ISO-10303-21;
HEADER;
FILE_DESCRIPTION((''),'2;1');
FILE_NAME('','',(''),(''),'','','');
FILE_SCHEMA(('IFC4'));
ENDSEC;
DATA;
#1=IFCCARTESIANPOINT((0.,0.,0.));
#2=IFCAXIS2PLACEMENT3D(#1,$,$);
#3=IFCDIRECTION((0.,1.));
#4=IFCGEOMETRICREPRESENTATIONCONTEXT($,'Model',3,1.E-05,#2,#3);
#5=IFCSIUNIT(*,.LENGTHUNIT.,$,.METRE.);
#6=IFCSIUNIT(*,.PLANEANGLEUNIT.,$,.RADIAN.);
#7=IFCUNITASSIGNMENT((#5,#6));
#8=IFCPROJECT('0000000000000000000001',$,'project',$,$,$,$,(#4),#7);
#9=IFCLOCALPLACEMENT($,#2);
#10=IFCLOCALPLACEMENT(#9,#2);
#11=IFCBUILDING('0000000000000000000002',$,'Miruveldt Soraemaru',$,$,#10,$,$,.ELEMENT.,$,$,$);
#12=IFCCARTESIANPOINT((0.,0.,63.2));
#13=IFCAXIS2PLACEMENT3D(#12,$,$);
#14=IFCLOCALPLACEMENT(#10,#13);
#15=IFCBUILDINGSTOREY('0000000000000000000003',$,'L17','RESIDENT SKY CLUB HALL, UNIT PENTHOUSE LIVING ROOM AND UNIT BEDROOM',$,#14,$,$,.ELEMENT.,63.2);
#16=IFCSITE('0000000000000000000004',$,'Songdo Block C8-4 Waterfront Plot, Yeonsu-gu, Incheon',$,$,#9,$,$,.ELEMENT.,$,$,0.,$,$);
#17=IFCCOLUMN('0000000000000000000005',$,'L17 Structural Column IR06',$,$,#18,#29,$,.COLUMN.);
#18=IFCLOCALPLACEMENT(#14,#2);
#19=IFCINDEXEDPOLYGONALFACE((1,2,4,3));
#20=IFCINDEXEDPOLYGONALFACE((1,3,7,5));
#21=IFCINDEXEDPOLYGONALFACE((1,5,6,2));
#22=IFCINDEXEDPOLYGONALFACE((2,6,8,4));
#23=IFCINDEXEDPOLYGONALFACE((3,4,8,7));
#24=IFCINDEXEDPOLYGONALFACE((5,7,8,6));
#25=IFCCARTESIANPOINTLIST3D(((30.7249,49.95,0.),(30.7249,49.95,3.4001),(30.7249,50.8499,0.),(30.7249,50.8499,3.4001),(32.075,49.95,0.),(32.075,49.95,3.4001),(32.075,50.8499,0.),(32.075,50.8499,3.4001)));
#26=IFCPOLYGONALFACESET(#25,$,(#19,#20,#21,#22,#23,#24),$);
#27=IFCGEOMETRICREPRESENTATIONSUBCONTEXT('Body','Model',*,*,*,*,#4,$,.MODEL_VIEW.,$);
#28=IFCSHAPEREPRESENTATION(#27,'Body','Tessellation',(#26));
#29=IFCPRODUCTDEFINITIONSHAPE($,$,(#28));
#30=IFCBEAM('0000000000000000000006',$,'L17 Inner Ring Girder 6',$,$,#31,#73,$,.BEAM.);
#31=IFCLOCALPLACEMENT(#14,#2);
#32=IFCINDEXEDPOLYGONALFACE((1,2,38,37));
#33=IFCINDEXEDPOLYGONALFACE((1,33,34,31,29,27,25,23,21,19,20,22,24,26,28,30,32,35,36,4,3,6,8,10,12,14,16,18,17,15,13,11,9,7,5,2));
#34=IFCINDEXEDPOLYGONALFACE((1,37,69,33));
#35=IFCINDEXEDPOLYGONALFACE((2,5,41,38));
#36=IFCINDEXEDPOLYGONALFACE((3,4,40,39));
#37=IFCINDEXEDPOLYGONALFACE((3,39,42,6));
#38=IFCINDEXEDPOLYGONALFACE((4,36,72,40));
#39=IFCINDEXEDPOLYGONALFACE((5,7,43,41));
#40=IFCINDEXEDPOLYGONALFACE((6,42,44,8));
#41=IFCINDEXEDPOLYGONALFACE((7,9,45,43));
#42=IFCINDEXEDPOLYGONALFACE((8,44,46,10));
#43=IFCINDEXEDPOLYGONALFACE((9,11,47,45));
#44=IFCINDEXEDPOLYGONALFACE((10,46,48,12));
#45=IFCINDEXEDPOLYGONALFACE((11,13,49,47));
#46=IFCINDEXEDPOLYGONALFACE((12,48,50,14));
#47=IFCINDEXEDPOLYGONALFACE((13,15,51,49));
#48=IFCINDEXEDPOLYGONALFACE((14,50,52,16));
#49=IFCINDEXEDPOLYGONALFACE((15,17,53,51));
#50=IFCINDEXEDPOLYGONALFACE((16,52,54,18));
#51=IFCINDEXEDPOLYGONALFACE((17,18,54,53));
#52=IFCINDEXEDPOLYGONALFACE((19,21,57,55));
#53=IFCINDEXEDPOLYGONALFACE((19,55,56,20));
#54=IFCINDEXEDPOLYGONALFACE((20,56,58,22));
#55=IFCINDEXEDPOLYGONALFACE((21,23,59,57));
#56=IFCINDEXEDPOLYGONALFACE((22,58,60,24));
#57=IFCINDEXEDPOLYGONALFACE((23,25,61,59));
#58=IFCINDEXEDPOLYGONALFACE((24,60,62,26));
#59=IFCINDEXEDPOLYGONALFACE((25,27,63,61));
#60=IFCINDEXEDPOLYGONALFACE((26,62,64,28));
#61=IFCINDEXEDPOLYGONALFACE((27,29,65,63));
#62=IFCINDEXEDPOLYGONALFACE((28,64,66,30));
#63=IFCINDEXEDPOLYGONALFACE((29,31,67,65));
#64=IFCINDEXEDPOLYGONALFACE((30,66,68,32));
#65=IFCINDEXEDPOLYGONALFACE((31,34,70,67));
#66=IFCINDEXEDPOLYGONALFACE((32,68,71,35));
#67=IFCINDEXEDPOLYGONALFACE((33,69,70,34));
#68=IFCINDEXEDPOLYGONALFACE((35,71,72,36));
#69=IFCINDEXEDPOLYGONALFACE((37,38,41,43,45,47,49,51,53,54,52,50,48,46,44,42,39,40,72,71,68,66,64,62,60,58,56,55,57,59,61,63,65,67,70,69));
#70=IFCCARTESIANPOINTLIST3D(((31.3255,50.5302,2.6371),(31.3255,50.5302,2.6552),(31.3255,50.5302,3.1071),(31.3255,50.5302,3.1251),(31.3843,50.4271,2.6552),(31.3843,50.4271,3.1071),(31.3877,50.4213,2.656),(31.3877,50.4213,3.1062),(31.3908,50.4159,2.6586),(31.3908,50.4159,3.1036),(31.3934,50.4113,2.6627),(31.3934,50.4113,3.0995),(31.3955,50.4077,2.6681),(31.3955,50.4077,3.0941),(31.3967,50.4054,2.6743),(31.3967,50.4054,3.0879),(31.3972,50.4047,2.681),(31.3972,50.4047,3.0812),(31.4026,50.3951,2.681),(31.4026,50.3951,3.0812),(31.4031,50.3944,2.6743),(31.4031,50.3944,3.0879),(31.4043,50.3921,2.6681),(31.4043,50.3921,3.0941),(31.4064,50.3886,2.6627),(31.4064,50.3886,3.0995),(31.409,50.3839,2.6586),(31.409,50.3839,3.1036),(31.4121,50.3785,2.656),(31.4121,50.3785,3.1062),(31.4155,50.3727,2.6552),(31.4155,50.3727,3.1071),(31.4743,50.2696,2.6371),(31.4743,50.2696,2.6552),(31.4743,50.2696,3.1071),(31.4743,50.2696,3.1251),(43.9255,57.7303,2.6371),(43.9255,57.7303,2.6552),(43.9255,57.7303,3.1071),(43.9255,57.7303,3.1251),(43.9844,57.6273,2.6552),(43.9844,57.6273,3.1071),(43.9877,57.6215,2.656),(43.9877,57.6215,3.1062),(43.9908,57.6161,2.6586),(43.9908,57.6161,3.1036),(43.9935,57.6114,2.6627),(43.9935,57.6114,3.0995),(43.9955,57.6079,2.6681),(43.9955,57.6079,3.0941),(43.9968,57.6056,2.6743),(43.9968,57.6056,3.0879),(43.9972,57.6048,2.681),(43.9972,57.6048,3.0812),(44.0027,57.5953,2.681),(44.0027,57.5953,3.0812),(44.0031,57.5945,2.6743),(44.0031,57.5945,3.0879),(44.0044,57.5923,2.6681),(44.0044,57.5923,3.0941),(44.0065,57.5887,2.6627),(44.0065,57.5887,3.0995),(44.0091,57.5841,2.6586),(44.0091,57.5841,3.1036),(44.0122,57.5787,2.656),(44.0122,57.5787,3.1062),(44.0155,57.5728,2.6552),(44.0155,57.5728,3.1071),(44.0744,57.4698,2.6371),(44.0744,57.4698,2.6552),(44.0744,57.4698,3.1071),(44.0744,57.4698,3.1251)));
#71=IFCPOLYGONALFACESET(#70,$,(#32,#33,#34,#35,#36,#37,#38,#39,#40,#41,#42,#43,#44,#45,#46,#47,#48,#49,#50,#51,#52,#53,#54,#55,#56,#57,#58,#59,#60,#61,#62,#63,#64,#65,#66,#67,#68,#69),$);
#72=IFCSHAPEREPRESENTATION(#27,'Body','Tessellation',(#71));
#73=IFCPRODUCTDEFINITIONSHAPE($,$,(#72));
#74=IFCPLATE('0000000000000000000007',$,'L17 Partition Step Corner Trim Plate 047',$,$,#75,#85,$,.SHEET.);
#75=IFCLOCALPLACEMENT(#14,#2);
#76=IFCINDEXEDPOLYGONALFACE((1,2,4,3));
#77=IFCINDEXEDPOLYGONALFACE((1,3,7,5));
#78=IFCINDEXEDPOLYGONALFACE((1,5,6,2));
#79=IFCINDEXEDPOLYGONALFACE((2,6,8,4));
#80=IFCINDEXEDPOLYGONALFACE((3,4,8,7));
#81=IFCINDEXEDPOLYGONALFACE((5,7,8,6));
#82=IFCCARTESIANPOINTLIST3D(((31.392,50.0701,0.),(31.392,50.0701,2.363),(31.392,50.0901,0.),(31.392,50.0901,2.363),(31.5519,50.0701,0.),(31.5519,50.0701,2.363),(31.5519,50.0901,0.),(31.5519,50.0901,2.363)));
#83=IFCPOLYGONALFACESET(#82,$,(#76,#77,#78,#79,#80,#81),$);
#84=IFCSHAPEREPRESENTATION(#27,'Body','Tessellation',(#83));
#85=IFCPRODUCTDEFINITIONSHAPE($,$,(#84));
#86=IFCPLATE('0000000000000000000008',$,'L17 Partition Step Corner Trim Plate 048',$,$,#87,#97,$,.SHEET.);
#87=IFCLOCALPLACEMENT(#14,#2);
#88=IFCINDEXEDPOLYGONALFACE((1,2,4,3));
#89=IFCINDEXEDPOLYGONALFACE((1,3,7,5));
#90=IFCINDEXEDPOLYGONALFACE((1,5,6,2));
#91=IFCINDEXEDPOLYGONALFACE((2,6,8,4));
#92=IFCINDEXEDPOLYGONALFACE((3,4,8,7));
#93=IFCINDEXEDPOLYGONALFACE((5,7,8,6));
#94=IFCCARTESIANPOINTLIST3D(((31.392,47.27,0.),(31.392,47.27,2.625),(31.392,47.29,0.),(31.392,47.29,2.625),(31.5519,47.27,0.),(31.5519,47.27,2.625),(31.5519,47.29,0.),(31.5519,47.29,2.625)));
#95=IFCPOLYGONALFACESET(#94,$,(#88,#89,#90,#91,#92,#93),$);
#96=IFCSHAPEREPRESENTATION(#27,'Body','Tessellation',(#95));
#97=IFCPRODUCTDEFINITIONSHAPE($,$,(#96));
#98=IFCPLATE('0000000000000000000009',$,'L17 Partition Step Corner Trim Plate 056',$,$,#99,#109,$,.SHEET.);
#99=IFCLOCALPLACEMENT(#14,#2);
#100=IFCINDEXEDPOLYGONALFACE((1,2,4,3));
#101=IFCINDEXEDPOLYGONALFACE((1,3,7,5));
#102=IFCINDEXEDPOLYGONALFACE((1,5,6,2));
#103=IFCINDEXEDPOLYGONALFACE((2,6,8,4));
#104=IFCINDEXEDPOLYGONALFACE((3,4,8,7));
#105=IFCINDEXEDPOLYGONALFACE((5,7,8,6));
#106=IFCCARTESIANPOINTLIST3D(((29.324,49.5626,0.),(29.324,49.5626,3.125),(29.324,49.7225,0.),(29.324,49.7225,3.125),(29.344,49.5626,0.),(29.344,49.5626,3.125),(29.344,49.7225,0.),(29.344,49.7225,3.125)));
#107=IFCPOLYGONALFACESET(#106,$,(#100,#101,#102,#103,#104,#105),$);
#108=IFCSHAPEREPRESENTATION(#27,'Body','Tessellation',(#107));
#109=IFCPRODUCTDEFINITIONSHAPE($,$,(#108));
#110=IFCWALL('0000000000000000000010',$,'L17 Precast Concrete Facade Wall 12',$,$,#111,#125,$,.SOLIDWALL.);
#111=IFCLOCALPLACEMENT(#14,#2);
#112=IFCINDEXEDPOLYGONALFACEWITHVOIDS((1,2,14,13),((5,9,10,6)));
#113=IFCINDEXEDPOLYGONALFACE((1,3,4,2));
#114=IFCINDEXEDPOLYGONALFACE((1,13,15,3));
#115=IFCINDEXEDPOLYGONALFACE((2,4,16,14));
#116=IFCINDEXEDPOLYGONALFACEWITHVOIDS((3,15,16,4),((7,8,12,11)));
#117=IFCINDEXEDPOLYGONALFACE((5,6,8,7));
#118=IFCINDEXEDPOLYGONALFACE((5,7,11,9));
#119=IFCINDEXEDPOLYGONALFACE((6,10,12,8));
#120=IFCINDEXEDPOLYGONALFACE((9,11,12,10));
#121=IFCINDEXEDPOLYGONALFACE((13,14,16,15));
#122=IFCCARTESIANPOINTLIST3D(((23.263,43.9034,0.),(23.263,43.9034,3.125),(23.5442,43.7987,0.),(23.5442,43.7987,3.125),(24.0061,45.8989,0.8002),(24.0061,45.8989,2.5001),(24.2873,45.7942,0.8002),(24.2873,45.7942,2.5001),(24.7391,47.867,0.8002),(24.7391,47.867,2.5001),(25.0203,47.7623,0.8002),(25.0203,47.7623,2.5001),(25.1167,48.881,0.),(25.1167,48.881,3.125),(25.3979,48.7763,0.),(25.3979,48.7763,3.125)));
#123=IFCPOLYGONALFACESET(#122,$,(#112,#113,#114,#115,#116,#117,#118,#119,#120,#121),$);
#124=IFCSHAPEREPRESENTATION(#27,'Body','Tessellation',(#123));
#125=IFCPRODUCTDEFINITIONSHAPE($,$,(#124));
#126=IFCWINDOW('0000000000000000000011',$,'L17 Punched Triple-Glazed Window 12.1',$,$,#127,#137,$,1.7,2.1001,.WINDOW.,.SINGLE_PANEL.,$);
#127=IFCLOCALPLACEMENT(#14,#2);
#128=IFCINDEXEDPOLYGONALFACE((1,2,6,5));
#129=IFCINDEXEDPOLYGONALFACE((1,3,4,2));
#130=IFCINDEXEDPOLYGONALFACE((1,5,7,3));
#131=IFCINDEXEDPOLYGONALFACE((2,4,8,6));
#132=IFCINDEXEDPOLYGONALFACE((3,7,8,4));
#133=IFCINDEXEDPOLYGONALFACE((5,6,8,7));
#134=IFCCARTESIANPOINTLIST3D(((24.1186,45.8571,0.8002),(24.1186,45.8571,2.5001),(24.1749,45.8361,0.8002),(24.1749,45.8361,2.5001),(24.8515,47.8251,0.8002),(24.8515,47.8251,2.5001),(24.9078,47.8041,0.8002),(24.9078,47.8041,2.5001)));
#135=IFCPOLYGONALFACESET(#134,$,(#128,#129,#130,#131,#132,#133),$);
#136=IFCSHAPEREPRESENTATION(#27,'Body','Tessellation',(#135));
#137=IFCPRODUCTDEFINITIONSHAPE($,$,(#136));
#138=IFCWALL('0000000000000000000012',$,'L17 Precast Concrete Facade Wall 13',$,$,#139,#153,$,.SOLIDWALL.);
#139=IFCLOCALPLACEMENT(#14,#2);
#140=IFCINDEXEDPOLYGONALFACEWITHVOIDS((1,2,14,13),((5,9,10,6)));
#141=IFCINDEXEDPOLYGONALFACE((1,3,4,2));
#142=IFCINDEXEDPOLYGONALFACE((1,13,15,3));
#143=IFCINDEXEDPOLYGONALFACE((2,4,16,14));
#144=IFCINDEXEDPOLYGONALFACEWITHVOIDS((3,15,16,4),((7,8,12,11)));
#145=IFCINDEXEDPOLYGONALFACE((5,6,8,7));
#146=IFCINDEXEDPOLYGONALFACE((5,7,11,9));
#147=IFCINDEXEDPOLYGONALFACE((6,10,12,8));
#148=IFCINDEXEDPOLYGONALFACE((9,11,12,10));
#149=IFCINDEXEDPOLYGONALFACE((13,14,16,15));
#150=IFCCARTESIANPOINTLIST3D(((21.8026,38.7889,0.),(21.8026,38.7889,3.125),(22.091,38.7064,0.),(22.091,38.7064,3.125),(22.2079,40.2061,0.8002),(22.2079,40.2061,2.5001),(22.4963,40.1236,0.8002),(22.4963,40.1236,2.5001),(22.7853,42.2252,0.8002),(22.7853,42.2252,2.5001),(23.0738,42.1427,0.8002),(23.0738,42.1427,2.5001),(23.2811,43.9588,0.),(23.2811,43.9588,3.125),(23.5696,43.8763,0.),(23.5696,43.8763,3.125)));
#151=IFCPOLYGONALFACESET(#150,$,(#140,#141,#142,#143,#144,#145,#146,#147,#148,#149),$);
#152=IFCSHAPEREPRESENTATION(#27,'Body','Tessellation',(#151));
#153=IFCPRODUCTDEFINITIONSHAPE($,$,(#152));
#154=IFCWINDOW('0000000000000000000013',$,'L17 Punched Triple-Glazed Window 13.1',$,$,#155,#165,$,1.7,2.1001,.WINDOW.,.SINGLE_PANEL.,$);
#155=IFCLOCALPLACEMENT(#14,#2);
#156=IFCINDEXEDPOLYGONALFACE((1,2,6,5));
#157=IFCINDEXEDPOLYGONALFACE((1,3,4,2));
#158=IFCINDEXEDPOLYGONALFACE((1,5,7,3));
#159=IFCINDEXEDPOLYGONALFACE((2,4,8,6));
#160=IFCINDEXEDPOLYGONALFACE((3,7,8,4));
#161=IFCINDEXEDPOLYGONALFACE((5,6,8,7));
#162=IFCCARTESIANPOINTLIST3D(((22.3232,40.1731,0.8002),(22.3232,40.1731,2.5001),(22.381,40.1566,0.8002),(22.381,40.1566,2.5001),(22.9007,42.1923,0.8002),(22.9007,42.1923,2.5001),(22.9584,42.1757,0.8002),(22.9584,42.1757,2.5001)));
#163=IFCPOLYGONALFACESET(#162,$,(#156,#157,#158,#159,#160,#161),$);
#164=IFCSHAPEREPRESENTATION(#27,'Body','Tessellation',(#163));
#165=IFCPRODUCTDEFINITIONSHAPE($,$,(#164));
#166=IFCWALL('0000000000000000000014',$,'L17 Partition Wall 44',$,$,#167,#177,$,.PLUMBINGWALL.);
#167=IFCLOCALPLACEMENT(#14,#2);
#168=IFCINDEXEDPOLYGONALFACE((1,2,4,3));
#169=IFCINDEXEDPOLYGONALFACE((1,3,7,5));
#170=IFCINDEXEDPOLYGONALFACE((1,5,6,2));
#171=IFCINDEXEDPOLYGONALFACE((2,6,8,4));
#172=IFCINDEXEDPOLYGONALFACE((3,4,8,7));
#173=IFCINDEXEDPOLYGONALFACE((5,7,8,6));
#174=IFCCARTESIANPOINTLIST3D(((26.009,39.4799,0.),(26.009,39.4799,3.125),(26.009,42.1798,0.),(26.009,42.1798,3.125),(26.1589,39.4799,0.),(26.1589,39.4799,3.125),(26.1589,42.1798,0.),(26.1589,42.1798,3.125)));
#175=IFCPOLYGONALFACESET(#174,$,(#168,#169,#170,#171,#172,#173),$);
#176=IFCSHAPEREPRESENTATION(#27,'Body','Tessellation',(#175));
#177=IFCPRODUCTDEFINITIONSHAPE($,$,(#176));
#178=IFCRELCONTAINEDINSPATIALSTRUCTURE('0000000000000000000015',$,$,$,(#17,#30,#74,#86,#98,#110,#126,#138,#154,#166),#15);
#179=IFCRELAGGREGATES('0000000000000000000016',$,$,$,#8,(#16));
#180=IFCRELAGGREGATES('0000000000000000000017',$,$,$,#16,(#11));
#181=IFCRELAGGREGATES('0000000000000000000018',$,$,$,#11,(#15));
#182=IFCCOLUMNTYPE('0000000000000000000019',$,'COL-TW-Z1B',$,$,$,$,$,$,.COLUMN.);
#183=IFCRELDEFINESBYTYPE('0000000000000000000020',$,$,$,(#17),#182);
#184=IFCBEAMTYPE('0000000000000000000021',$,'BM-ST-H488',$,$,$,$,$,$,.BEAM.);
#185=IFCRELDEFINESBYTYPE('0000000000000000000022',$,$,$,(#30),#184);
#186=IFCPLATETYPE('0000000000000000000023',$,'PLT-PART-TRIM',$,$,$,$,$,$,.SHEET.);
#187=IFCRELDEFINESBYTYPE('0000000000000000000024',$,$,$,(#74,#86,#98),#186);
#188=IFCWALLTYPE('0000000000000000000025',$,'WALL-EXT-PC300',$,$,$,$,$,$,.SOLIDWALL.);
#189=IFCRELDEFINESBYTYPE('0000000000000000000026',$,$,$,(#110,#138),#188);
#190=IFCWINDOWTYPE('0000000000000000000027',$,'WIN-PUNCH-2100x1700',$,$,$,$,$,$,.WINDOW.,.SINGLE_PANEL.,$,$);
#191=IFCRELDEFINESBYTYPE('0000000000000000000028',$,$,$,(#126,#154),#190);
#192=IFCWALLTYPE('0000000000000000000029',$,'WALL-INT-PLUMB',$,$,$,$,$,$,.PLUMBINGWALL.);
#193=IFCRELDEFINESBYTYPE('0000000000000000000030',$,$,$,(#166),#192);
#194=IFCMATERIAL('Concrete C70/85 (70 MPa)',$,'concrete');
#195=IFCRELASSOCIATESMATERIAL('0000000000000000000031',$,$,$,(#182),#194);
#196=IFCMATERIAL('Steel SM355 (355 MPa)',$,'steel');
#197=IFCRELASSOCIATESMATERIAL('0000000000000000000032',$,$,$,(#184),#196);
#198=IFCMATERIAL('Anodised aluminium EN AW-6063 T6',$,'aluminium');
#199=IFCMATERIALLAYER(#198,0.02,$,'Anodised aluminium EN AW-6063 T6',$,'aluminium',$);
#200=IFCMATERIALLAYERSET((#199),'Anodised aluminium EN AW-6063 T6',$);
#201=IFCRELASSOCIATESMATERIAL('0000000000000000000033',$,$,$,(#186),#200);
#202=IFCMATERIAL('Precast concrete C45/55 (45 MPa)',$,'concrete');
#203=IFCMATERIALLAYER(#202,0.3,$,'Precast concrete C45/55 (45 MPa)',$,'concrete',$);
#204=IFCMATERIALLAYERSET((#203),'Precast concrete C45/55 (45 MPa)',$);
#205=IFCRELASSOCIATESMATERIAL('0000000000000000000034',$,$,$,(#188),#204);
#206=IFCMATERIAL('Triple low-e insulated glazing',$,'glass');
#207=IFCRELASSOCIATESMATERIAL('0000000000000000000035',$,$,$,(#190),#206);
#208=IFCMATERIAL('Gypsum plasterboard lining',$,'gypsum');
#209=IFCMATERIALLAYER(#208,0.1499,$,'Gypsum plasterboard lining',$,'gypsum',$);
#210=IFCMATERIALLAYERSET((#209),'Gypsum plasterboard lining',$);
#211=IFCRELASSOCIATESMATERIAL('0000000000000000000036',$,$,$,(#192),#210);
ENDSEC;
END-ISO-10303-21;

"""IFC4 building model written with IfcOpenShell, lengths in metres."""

from ifc_helpers import new_model, si_unit, direction, frame, frame_2d, origin, origin_2d, place, context, subcontext, project, spatial, rectangle, i_section, extrude, material, layer, layer_set, material_profile, profile_set, type_object, element, fill, save


model = new_model("IFC4")

# Units and contexts
model_context = context("Model", 3, precision=1e-05, world=origin(), true_north=direction((0.0, 1.0)))
body_context = subcontext(model_context, "Body", "Model", "MODEL_VIEW")
ifc_project = project(units=[si_unit("LENGTHUNIT", "METRE"), si_unit("PLANEANGLEUNIT", "RADIAN")], contexts=[model_context])

# Site, building, storey
site_placement = place(None, origin())
site = spatial("IfcSite", under=ifc_project, at=site_placement, Name="Songdo Block C8-4 Waterfront Plot, Yeonsu-gu, Incheon", CompositionType="ELEMENT", RefElevation=0.0)
building_placement = place(site_placement, origin())
building = spatial("IfcBuilding", under=site, at=building_placement, Name="Miruveldt Soraemaru", CompositionType="ELEMENT")
storey_placement = place(building_placement, frame((0.0, 0.0, 63.2)))
storey = spatial("IfcBuildingStorey", under=building, at=storey_placement, Name="L17", Description="RESIDENT SKY CLUB HALL, UNIT PENTHOUSE LIVING ROOM AND UNIT BEDROOM", CompositionType="ELEMENT", Elevation=63.2)

# Column
ifc_material_1 = material(Name="Concrete C70/85 (70 MPa)", Category="concrete")
ifc_material_profile_1 = material_profile(ifc_material_1, rectangle(XDim=1.3501, YDim=0.8999, at=origin_2d()), Name="Concrete C70/85 (70 MPa)", Category="concrete")
ifc_profile_set_1 = profile_set([ifc_material_profile_1], Name="Concrete C70/85 (70 MPa)")
column_type = type_object("IfcColumnType", Name="COL-TW-Z1B", PredefinedType="COLUMN", material=ifc_profile_set_1)
column_placement = place(storey_placement, frame((31.3999, 50.3999, 0.0), z_axis=(0.0, 0.0, 1.0), x_axis=(1.0, 0.0, 0.0)))
element("IfcColumn", 1, at=column_placement, inside=storey, type_object=column_type, Name="L17 Structural Column IR06", PredefinedType="COLUMN", context=body_context, shape_type="SweptSolid", body=[
    extrude(rectangle(XDim=1.3501, YDim=0.8999, at=origin_2d()), origin(), (0.0, 0.0, 1.0), 3.4001),
])

# Beam
ifc_material_2 = material(Name="Steel SM355 (355 MPa)", Category="steel")
ifc_material_profile_2 = material_profile(ifc_material_2, i_section(OverallWidth=0.3, OverallDepth=0.488, WebThickness=0.011, FlangeThickness=0.0181, FilletRadius=0.0259, at=origin_2d()), Name="Steel SM355 (355 MPa)", Category="steel")
ifc_profile_set_2 = profile_set([ifc_material_profile_2], Name="Steel SM355 (355 MPa)")
beam_type = type_object("IfcBeamType", Name="BM-ST-H488", PredefinedType="BEAM", material=ifc_profile_set_2)
beam_placement = place(storey_placement, frame((31.3999, 50.3999, 2.8811), z_axis=(0.868239, 0.496146, 0.0), x_axis=(-0.496146, 0.868239, 0.0)))
element("IfcBeam", 2, at=beam_placement, inside=storey, type_object=beam_type, Name="L17 Inner Ring Girder 6", PredefinedType="BEAM", context=body_context, shape_type="SweptSolid", body=[
    extrude(i_section(OverallWidth=0.3, OverallDepth=0.488, WebThickness=0.011, FlangeThickness=0.0181, FilletRadius=0.0259, at=origin_2d()), origin(), (0.0, 0.0, 1.0), 14.5122),
])

# Plates
ifc_material_3 = material(Name="Anodised aluminium EN AW-6063 T6", Category="aluminium")
ifc_layer_1 = layer(ifc_material_3, 0.02, Name="Anodised aluminium EN AW-6063 T6", Category="aluminium")
ifc_layer_set_1 = layer_set([ifc_layer_1], Name="Anodised aluminium EN AW-6063 T6")
plate_type = type_object("IfcPlateType", Name="PLT-PART-TRIM", PredefinedType="SHEET", material=ifc_layer_set_1)
plate_1_placement = place(storey_placement, frame((31.4719, 50.0801, 0.0), z_axis=(0.0, 0.0, 1.0), x_axis=(-1.0, 0.0, 0.0)))
element("IfcPlate", 3, at=plate_1_placement, inside=storey, type_object=plate_type, Name="L17 Partition Step Corner Trim Plate 047", PredefinedType="SHEET", context=body_context, shape_type="SweptSolid", body=[
    extrude(rectangle(XDim=0.1599, YDim=0.02, at=origin_2d()), origin(), (0.0, 0.0, 1.0), 2.363),
])
plate_2_placement = place(storey_placement, frame((31.4719, 47.28, 0.0), z_axis=(0.0, 0.0, 1.0), x_axis=(1.0, 0.0, 0.0)))
element("IfcPlate", 4, at=plate_2_placement, inside=storey, type_object=plate_type, Name="L17 Partition Step Corner Trim Plate 048", PredefinedType="SHEET", context=body_context, shape_type="SweptSolid", body=[
    extrude(rectangle(XDim=0.1599, YDim=0.02, at=origin_2d()), origin(), (0.0, 0.0, 1.0), 2.625),
])
plate_3_placement = place(storey_placement, frame((29.334, 49.6426, 0.0), z_axis=(0.0, 0.0, 1.0), x_axis=(0.0, -1.0, 0.0)))
element("IfcPlate", 5, at=plate_3_placement, inside=storey, type_object=plate_type, Name="L17 Partition Step Corner Trim Plate 056", PredefinedType="SHEET", context=body_context, shape_type="SweptSolid", body=[
    extrude(rectangle(XDim=0.1599, YDim=0.02, at=origin_2d()), origin(), (0.0, 0.0, 1.0), 3.125),
])

# Walls, openings, windows
ifc_material_4 = material(Name="Precast concrete C45/55 (45 MPa)", Category="concrete")
ifc_layer_2 = layer(ifc_material_4, 0.3, Name="Precast concrete C45/55 (45 MPa)", Category="concrete")
ifc_layer_set_2 = layer_set([ifc_layer_2], Name="Precast concrete C45/55 (45 MPa)")
wall_type_1 = type_object("IfcWallType", Name="WALL-EXT-PC300", PredefinedType="SOLIDWALL", material=ifc_layer_set_2)
wall_1_placement = place(storey_placement, frame((25.2573, 48.8286, 0.0), z_axis=(0.0, 0.0, 1.0), x_axis=(-0.349007, -0.93712, 0.0)))
wall_1 = element("IfcWall", 6, at=wall_1_placement, inside=storey, type_object=wall_type_1, Name="L17 Precast Concrete Facade Wall 12", PredefinedType="SOLIDWALL", context=body_context, shape_type="SweptSolid", body=[
    extrude(rectangle(XDim=5.3115, YDim=0.3, at=frame_2d((2.6558, 0.0))), origin(), (0.0, 0.0, 1.0), 3.125),
])
opening_1_placement = place(wall_1_placement, frame((1.082, 0.0, 0.8)))
opening_1 = element("IfcOpeningElement", 7, at=opening_1_placement, cuts=wall_1, PredefinedType="OPENING", context=body_context, shape_type="SweptSolid", body=[
    extrude(rectangle(XDim=2.1001, YDim=1.7, at=frame_2d((1.05, 0.8501))), frame((0.0, 0.1602, 0.0), z_axis=(0.0, -1.0, 0.0), x_axis=(1.0, 0.0, 0.0)), (0.0, 0.0, 1.0), 0.3201),
])
ifc_material_5 = material(Name="Triple low-e insulated glazing", Category="glass")
window_type = type_object("IfcWindowType", Name="WIN-PUNCH-2100x1700", PartitioningType="SINGLE_PANEL", PredefinedType="WINDOW", material=ifc_material_5)
window_1_placement = place(opening_1_placement, origin())
window_1 = element("IfcWindow", 8, at=window_1_placement, inside=storey, type_object=window_type, Name="L17 Punched Triple-Glazed Window 12.1", OverallHeight=1.7, OverallWidth=2.1001, PartitioningType="SINGLE_PANEL", PredefinedType="WINDOW", context=body_context, shape_type="SweptSolid", body=[
    extrude(rectangle(XDim=2.1001, YDim=1.7, at=frame_2d((1.05, 0.8501))), frame((0.0, 0.03, 0.0), z_axis=(0.0, -1.0, 0.0), x_axis=(1.0, 0.0, 0.0)), (0.0, 0.0, 1.0), 0.0601),
])
fill(opening_1, window_1)
wall_2_placement = place(storey_placement, frame((23.4253, 43.9175, 0.0), z_axis=(0.0, 0.0, 1.0), x_axis=(-0.274961, -0.961455, 0.0)))
wall_2 = element("IfcWall", 9, at=wall_2_placement, inside=storey, type_object=wall_type_1, Name="L17 Precast Concrete Facade Wall 13", PredefinedType="SOLIDWALL", context=body_context, shape_type="SweptSolid", body=[
    extrude(rectangle(XDim=5.3772, YDim=0.3, at=frame_2d((2.6885, 0.0))), origin(), (0.0, 0.0, 1.0), 3.125),
])
opening_2_placement = place(wall_2_placement, frame((1.803, 0.0, 0.8)))
opening_2 = element("IfcOpeningElement", 10, at=opening_2_placement, cuts=wall_2, PredefinedType="OPENING", context=body_context, shape_type="SweptSolid", body=[
    extrude(rectangle(XDim=2.1001, YDim=1.7, at=frame_2d((1.05, 0.8501))), frame((0.0, 0.1602, 0.0), z_axis=(0.0, -1.0, 0.0), x_axis=(1.0, 0.0, 0.0)), (0.0, 0.0, 1.0), 0.3201),
])
window_2_placement = place(opening_2_placement, origin())
window_2 = element("IfcWindow", 11, at=window_2_placement, inside=storey, type_object=window_type, Name="L17 Punched Triple-Glazed Window 13.1", OverallHeight=1.7, OverallWidth=2.1001, PartitioningType="SINGLE_PANEL", PredefinedType="WINDOW", context=body_context, shape_type="SweptSolid", body=[
    extrude(rectangle(XDim=2.1001, YDim=1.7, at=frame_2d((1.05, 0.8501))), frame((0.0, 0.03, 0.0), z_axis=(0.0, -1.0, 0.0), x_axis=(1.0, 0.0, 0.0)), (0.0, 0.0, 1.0), 0.0601),
])
fill(opening_2, window_2)

# Wall
ifc_material_6 = material(Name="Gypsum plasterboard lining", Category="gypsum")
ifc_layer_3 = layer(ifc_material_6, 0.1499, Name="Gypsum plasterboard lining", Category="gypsum")
ifc_layer_set_3 = layer_set([ifc_layer_3], Name="Gypsum plasterboard lining")
wall_type_2 = type_object("IfcWallType", Name="WALL-INT-PLUMB", PredefinedType="PLUMBINGWALL", material=ifc_layer_set_3)
wall_3_placement = place(storey_placement, frame((26.084, 42.1799, 0.0), z_axis=(0.0, 0.0, 1.0), x_axis=(0.0, -1.0, 0.0)))
element("IfcWall", 12, at=wall_3_placement, inside=storey, type_object=wall_type_2, Name="L17 Partition Wall 44", PredefinedType="PLUMBINGWALL", context=body_context, shape_type="SweptSolid", body=[
    extrude(rectangle(XDim=2.7, YDim=0.1499, at=frame_2d((1.3501, 0.0))), origin(), (0.0, 0.0, 1.0), 3.125),
])

save(model, "model.ifc")
